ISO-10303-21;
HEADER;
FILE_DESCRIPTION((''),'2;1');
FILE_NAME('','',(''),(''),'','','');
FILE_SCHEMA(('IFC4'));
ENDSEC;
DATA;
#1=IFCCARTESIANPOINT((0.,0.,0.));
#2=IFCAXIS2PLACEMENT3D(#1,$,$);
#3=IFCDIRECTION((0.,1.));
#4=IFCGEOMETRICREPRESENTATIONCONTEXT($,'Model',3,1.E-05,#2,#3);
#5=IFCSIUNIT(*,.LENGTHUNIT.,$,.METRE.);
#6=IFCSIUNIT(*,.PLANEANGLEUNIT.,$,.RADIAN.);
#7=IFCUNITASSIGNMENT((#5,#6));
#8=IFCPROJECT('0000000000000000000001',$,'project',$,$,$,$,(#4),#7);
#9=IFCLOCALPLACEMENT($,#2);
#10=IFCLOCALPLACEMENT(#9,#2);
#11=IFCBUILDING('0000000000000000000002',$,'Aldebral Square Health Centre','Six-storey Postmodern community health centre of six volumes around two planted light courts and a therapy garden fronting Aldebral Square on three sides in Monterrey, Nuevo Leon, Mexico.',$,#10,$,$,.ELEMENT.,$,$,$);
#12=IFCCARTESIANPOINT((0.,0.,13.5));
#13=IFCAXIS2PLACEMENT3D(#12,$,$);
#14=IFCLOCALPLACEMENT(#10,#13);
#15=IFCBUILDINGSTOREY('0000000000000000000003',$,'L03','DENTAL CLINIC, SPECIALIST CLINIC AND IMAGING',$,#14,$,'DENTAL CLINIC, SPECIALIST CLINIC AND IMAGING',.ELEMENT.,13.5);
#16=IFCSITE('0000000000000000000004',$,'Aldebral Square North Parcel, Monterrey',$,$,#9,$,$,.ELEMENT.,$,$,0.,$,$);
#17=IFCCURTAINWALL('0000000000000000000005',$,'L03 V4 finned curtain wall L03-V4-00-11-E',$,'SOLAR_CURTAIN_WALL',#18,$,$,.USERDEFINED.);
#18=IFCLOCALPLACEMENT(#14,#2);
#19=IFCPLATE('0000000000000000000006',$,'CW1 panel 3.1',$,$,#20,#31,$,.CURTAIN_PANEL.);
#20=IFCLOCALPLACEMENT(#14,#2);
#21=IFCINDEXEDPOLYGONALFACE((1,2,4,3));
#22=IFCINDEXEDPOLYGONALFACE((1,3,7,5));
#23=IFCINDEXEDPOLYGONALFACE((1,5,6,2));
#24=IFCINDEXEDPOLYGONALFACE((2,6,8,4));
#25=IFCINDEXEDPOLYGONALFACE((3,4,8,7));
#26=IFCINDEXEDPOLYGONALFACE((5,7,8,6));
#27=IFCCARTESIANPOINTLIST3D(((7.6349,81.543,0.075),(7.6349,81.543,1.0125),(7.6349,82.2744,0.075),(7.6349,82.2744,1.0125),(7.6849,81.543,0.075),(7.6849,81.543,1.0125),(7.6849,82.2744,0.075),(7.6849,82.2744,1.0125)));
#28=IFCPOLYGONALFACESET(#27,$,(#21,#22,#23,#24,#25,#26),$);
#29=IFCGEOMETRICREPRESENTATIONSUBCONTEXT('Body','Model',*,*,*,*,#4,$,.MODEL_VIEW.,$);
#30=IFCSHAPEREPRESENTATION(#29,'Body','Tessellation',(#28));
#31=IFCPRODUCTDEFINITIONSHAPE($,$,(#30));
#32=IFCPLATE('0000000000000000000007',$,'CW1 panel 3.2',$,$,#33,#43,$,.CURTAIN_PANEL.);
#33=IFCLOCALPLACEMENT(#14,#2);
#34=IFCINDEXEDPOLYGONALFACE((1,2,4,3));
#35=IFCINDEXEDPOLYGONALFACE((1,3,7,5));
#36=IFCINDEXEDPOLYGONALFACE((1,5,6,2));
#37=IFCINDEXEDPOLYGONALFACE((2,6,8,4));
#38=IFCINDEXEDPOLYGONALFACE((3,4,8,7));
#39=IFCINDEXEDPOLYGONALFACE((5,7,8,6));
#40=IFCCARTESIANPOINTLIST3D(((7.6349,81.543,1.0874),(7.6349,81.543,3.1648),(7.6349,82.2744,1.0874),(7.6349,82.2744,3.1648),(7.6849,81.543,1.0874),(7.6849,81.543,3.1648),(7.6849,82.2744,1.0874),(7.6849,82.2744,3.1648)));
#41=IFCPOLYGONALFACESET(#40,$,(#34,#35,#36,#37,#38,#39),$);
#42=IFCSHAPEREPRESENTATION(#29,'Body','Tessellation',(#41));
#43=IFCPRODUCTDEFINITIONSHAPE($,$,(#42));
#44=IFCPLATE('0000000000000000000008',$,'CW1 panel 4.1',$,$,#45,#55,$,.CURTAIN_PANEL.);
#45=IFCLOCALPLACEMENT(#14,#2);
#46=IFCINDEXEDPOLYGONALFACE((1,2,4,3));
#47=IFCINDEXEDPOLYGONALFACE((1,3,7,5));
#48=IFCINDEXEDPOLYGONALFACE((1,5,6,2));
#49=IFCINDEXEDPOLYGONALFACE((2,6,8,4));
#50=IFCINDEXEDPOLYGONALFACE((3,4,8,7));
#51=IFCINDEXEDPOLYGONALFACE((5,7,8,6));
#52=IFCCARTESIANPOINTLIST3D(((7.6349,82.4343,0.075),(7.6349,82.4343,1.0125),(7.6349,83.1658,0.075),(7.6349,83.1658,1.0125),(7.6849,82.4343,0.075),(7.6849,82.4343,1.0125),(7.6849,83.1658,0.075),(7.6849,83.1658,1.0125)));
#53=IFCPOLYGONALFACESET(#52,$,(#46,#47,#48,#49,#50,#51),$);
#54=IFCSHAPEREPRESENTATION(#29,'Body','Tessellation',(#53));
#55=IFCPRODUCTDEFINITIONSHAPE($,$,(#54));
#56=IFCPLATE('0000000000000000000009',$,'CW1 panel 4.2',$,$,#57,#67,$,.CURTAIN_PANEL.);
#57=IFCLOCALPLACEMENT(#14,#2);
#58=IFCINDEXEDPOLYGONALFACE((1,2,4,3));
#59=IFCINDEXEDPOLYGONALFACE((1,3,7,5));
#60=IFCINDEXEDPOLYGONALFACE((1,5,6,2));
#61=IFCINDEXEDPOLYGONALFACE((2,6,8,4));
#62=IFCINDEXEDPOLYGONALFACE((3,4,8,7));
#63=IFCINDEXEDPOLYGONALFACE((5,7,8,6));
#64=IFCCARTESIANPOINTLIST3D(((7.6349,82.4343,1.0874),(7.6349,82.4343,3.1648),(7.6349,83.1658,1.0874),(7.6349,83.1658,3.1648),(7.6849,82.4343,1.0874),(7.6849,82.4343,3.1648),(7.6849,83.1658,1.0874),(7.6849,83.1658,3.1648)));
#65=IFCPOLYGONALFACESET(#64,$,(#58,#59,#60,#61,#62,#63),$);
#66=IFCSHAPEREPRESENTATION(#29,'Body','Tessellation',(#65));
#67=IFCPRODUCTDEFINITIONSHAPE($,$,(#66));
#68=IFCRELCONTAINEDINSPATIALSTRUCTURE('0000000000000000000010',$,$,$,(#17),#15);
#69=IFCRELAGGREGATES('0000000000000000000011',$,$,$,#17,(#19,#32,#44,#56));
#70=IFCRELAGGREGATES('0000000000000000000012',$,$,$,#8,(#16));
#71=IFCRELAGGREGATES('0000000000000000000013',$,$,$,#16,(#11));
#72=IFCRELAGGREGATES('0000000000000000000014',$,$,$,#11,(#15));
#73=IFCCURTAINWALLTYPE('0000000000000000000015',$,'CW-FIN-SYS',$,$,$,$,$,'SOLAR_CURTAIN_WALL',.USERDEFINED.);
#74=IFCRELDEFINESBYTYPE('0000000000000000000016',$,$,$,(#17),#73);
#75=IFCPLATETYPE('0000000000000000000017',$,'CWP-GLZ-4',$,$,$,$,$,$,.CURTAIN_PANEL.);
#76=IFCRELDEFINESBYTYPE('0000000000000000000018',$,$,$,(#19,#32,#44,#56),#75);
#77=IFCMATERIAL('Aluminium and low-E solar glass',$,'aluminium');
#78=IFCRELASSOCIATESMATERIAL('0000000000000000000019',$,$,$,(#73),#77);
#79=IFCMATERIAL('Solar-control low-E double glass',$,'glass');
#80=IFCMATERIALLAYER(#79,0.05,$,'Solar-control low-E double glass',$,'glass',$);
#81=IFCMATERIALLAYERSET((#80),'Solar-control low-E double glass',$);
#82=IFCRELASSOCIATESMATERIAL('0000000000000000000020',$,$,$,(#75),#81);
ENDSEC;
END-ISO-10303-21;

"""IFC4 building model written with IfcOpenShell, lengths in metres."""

from ifc_helpers import new_model, si_unit, direction, frame, origin, origin_2d, place, context, subcontext, project, spatial, rectangle, extrude, material, layer, layer_set, type_object, element, aggregate, save


model = new_model("IFC4")

# Units and contexts
model_context = context("Model", 3, precision=1e-05, world=origin(), true_north=direction((0.0, 1.0)))
body_context = subcontext(model_context, "Body", "Model", "MODEL_VIEW")
ifc_project = project(units=[si_unit("LENGTHUNIT", "METRE"), si_unit("PLANEANGLEUNIT", "RADIAN")], contexts=[model_context])

# Site, building, storey
site_placement = place(None, origin())
site = spatial("IfcSite", under=ifc_project, at=site_placement, Name="Aldebral Square North Parcel, Monterrey", CompositionType="ELEMENT", RefElevation=0.0)
building_placement = place(site_placement, origin())
building = spatial("IfcBuilding", under=site, at=building_placement, Name="Aldebral Square Health Centre", Description="Six-storey Postmodern community health centre of six volumes around two planted light courts and a therapy garden fronting Aldebral Square on three sides in Monterrey, Nuevo Leon, Mexico.", CompositionType="ELEMENT")
storey_placement = place(building_placement, frame((0.0, 0.0, 13.5)))
storey = spatial("IfcBuildingStorey", under=building, at=storey_placement, Name="L03", Description="DENTAL CLINIC, SPECIALIST CLINIC AND IMAGING", LongName="DENTAL CLINIC, SPECIALIST CLINIC AND IMAGING", CompositionType="ELEMENT", Elevation=13.5)

# Shared definitions
ifc_material_1 = material(Name="Aluminium and low-E solar glass", Category="aluminium")
curtain_wall_type = type_object("IfcCurtainWallType", Name="CW-FIN-SYS", ElementType="SOLAR_CURTAIN_WALL", PredefinedType="USERDEFINED", material=ifc_material_1)

# Curtain wall, plates
curtain_wall_1_placement = place(storey_placement, origin())
curtain_wall_1 = element("IfcCurtainWall", 1, at=curtain_wall_1_placement, inside=storey, type_object=curtain_wall_type, Name="L03 V4 finned curtain wall L03-V4-00-11-E", ObjectType="SOLAR_CURTAIN_WALL", PredefinedType="USERDEFINED")
ifc_material_2 = material(Name="Solar-control low-E double glass", Category="glass")
ifc_layer = layer(ifc_material_2, 0.05, Name="Solar-control low-E double glass", Category="glass")
ifc_layer_set = layer_set([ifc_layer], Name="Solar-control low-E double glass")
plate_type = type_object("IfcPlateType", Name="CWP-GLZ-4", PredefinedType="CURTAIN_PANEL", material=ifc_layer_set)
plate_1_placement = place(storey_placement, frame((7.6599, 81.9087, 0.075), z_axis=(0.0, 0.0, 1.0), x_axis=(0.0, 1.0, 0.0)))
plate_1 = element("IfcPlate", 2, at=plate_1_placement, type_object=plate_type, Name="CW1 panel 3.1", PredefinedType="CURTAIN_PANEL", context=body_context, shape_type="SweptSolid", body=[
    extrude(rectangle(XDim=0.7314, YDim=0.05, at=origin_2d()), origin(), (0.0, 0.0, 1.0), 0.9375),
])
plate_2_placement = place(storey_placement, frame((7.6599, 81.9087, 1.0874), z_axis=(0.0, 0.0, 1.0), x_axis=(0.0, 1.0, 0.0)))
plate_2 = element("IfcPlate", 3, at=plate_2_placement, type_object=plate_type, Name="CW1 panel 3.2", PredefinedType="CURTAIN_PANEL", context=body_context, shape_type="SweptSolid", body=[
    extrude(rectangle(XDim=0.7314, YDim=0.05, at=origin_2d()), origin(), (0.0, 0.0, 1.0), 2.0774),
])
plate_3_placement = place(storey_placement, frame((7.6599, 82.8, 0.075), z_axis=(0.0, 0.0, 1.0), x_axis=(0.0, 1.0, 0.0)))
plate_3 = element("IfcPlate", 4, at=plate_3_placement, type_object=plate_type, Name="CW1 panel 4.1", PredefinedType="CURTAIN_PANEL", context=body_context, shape_type="SweptSolid", body=[
    extrude(rectangle(XDim=0.7314, YDim=0.05, at=origin_2d()), origin(), (0.0, 0.0, 1.0), 0.9375),
])
plate_4_placement = place(storey_placement, frame((7.6599, 82.8, 1.0874), z_axis=(0.0, 0.0, 1.0), x_axis=(0.0, 1.0, 0.0)))
plate_4 = element("IfcPlate", 5, at=plate_4_placement, type_object=plate_type, Name="CW1 panel 4.2", PredefinedType="CURTAIN_PANEL", context=body_context, shape_type="SweptSolid", body=[
    extrude(rectangle(XDim=0.7314, YDim=0.05, at=origin_2d()), origin(), (0.0, 0.0, 1.0), 2.0774),
])
aggregate(curtain_wall_1, [plate_1, plate_2, plate_3, plate_4])

save(model, "model.ifc")
